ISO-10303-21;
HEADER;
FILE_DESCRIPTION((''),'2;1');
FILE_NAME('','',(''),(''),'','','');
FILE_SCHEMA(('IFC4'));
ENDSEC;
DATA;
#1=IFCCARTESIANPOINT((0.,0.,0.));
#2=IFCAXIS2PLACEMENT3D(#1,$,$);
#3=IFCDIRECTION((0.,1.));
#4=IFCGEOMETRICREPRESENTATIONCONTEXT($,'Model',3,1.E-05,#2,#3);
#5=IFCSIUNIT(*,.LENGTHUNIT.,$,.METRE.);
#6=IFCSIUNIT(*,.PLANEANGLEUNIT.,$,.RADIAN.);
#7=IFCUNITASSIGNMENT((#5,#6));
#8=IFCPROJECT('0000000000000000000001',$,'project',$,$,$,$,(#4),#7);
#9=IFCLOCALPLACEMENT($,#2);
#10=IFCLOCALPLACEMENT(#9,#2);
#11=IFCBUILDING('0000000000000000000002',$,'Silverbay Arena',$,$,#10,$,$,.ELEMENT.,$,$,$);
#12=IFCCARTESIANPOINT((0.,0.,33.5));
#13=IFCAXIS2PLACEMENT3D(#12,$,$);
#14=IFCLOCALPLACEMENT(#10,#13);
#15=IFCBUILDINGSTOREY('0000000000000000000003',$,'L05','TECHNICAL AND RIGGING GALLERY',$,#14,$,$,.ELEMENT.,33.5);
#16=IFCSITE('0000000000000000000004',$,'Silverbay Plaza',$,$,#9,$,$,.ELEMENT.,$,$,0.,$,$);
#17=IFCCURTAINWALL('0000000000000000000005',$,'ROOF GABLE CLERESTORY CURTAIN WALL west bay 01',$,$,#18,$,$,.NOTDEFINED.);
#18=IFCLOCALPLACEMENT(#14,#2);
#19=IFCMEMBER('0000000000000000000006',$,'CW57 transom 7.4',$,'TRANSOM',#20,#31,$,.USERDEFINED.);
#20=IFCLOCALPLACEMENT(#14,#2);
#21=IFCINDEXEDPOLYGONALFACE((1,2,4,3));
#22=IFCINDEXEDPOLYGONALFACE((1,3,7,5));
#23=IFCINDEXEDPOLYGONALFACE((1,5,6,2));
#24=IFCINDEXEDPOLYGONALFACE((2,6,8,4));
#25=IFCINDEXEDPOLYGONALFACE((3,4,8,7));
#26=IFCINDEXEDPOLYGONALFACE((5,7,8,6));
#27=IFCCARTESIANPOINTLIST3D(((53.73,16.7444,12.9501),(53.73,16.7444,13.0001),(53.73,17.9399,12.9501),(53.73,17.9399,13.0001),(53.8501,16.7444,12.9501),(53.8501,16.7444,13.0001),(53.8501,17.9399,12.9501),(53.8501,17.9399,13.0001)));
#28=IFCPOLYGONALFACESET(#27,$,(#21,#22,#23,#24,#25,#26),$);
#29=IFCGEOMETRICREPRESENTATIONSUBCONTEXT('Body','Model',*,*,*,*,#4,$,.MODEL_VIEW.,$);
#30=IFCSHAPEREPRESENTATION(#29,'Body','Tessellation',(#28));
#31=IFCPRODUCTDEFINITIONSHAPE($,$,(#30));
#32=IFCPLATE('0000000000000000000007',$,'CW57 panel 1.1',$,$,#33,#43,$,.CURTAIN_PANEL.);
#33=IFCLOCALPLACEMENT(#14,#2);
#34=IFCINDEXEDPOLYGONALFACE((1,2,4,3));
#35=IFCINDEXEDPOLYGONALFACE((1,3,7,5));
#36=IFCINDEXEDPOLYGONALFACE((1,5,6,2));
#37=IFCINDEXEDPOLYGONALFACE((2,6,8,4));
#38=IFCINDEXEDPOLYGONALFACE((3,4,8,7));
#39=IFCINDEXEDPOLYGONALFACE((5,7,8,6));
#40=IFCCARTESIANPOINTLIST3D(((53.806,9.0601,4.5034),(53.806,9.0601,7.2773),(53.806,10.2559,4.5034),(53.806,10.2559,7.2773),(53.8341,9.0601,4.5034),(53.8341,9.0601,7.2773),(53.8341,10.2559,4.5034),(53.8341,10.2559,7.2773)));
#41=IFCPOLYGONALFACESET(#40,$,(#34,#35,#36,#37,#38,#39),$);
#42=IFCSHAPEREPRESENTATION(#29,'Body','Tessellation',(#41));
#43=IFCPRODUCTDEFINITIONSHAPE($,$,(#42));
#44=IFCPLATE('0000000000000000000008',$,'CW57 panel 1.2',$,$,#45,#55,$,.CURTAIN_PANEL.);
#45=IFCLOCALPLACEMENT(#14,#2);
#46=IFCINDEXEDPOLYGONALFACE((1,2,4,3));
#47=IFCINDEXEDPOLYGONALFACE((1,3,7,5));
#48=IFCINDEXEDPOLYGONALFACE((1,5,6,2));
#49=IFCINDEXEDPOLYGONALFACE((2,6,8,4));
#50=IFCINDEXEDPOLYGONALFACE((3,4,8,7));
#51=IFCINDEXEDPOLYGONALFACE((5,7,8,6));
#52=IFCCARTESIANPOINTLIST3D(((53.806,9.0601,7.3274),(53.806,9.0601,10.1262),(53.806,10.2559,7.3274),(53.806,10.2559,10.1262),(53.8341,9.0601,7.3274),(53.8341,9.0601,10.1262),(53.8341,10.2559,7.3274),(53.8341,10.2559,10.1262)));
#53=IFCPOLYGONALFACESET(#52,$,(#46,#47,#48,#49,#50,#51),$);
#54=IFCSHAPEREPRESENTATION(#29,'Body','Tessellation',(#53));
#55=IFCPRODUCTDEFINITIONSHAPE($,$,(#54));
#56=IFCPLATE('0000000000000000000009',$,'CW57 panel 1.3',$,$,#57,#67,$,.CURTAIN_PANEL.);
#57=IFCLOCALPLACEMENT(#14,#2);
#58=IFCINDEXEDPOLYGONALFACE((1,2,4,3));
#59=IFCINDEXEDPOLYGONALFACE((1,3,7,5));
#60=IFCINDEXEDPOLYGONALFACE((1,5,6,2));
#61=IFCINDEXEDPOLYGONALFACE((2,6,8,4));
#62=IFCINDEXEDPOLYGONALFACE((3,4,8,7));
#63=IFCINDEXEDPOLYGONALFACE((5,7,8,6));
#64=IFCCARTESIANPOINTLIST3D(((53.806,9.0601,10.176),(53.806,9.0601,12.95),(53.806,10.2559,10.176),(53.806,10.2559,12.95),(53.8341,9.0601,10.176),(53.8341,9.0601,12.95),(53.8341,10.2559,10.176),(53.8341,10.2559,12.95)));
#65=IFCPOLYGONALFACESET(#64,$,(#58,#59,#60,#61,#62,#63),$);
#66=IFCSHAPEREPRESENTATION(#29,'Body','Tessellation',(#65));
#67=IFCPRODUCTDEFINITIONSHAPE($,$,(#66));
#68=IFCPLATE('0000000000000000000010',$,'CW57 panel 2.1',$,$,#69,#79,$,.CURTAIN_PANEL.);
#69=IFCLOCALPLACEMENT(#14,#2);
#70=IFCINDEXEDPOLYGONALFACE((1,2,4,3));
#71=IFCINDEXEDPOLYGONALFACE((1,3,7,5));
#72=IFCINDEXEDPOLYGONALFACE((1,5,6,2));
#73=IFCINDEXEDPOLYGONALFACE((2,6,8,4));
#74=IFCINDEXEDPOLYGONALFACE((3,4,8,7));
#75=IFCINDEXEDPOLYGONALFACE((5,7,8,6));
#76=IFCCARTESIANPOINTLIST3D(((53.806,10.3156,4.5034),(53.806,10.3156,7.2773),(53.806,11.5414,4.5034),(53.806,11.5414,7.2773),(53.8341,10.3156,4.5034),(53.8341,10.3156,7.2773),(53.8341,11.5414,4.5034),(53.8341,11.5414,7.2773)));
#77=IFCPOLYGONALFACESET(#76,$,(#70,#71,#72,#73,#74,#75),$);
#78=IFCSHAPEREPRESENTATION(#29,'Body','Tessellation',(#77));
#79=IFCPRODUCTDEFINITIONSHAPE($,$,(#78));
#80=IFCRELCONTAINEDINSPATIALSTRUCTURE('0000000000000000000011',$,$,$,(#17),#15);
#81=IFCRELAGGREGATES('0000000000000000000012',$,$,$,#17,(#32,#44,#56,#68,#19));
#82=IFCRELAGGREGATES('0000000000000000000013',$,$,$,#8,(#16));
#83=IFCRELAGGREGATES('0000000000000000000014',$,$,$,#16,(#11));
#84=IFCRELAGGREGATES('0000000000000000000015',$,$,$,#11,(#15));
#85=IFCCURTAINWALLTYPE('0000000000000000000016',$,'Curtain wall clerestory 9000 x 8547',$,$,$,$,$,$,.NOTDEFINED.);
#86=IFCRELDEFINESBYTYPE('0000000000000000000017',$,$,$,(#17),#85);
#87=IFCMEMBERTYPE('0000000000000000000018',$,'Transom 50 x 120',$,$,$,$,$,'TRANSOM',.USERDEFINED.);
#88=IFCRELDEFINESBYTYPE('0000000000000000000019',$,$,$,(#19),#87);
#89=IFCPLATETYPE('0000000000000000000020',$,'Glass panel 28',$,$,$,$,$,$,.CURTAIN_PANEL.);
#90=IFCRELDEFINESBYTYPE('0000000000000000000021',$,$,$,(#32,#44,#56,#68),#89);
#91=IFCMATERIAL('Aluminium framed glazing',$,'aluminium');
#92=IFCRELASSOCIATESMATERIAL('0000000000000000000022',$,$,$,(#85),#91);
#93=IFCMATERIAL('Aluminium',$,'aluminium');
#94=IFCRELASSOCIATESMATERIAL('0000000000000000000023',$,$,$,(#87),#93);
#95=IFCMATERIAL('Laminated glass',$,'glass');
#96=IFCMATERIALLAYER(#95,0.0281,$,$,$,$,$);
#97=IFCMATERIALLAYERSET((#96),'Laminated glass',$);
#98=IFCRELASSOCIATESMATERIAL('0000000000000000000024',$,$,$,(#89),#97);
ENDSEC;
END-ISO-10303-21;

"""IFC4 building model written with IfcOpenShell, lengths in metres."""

from ifc_helpers import new_model, si_unit, direction, frame, origin, origin_2d, place, context, subcontext, project, spatial, rectangle, extrude, material, layer, layer_set, material_profile, profile_set, type_object, element, aggregate, save


model = new_model("IFC4")

# Units and contexts
model_context = context("Model", 3, precision=1e-05, world=origin(), true_north=direction((0.0, 1.0)))
body_context = subcontext(model_context, "Body", "Model", "MODEL_VIEW")
ifc_project = project(units=[si_unit("LENGTHUNIT", "METRE"), si_unit("PLANEANGLEUNIT", "RADIAN")], contexts=[model_context])

# Site, building, storey
site_placement = place(None, origin())
site = spatial("IfcSite", under=ifc_project, at=site_placement, Name="Silverbay Plaza", CompositionType="ELEMENT", RefElevation=0.0)
building_placement = place(site_placement, origin())
building = spatial("IfcBuilding", under=site, at=building_placement, Name="Silverbay Arena", CompositionType="ELEMENT")
storey_placement = place(building_placement, frame((0.0, 0.0, 33.5)))
storey = spatial("IfcBuildingStorey", under=building, at=storey_placement, Name="L05", Description="TECHNICAL AND RIGGING GALLERY", CompositionType="ELEMENT", Elevation=33.5)

# Curtain wall, member, plates
ifc_material_1 = material(Name="Aluminium framed glazing", Category="aluminium")
curtain_wall_type = type_object("IfcCurtainWallType", Name="Curtain wall clerestory 9000 x 8547", PredefinedType="NOTDEFINED", material=ifc_material_1)
curtain_wall_placement = place(storey_placement, origin())
curtain_wall = element("IfcCurtainWall", 1, at=curtain_wall_placement, inside=storey, type_object=curtain_wall_type, Name="ROOF GABLE CLERESTORY CURTAIN WALL west bay 01", PredefinedType="NOTDEFINED")
ifc_material_2 = material(Name="Aluminium", Category="aluminium")
ifc_material_profile_1 = material_profile(ifc_material_2, rectangle(XDim=0.1201, YDim=0.05, at=origin_2d()), Name="Transom 50 x 120")
ifc_profile_set_1 = profile_set([ifc_material_profile_1], Name="Aluminium")
member_type_1 = type_object("IfcMemberType", Name="Transom 50 x 120", ElementType="TRANSOM", PredefinedType="USERDEFINED", material=ifc_profile_set_1)
member_1_placement = place(storey_placement, frame((53.79, 16.7444, 12.9751), z_axis=(0.0, 1.0, 0.0), x_axis=(-1.0, 0.0, 0.0)))
member_1 = element("IfcMember", 2, at=member_1_placement, type_object=member_type_1, Name="CW57 transom 7.4", ObjectType="TRANSOM", PredefinedType="USERDEFINED", context=body_context, shape_type="SweptSolid", body=[
    extrude(rectangle(XDim=0.1201, YDim=0.05, at=origin_2d()), origin(), (0.0, 0.0, 1.0), 1.1956),
])
ifc_material_3 = material(Name="Laminated glass", Category="glass")
ifc_layer = layer(ifc_material_3, 0.0281)
ifc_layer_set = layer_set([ifc_layer], Name="Laminated glass")
plate_type = type_object("IfcPlateType", Name="Glass panel 28", PredefinedType="CURTAIN_PANEL", material=ifc_layer_set)
plate_1_placement = place(storey_placement, frame((53.8201, 9.658, 4.5034), z_axis=(0.0, 0.0, 1.0), x_axis=(0.0, 1.0, 0.0)))
plate_1 = element("IfcPlate", 3, at=plate_1_placement, type_object=plate_type, Name="CW57 panel 1.1", PredefinedType="CURTAIN_PANEL", context=body_context, shape_type="SweptSolid", body=[
    extrude(rectangle(XDim=1.1958, YDim=0.0281, at=origin_2d()), origin(), (0.0, 0.0, 1.0), 2.7739),
])
plate_2_placement = place(storey_placement, frame((53.8201, 9.658, 7.3274), z_axis=(0.0, 0.0, 1.0), x_axis=(0.0, 1.0, 0.0)))
plate_2 = element("IfcPlate", 4, at=plate_2_placement, type_object=plate_type, Name="CW57 panel 1.2", PredefinedType="CURTAIN_PANEL", context=body_context, shape_type="SweptSolid", body=[
    extrude(rectangle(XDim=1.1958, YDim=0.0281, at=origin_2d()), origin(), (0.0, 0.0, 1.0), 2.7988),
])
plate_3_placement = place(storey_placement, frame((53.8201, 9.658, 10.176), z_axis=(0.0, 0.0, 1.0), x_axis=(0.0, 1.0, 0.0)))
plate_3 = element("IfcPlate", 5, at=plate_3_placement, type_object=plate_type, Name="CW57 panel 1.3", PredefinedType="CURTAIN_PANEL", context=body_context, shape_type="SweptSolid", body=[
    extrude(rectangle(XDim=1.1958, YDim=0.0281, at=origin_2d()), origin(), (0.0, 0.0, 1.0), 2.7739),
])
plate_4_placement = place(storey_placement, frame((53.8201, 10.9285, 4.5034), z_axis=(0.0, 0.0, 1.0), x_axis=(0.0, 1.0, 0.0)))
plate_4 = element("IfcPlate", 6, at=plate_4_placement, type_object=plate_type, Name="CW57 panel 2.1", PredefinedType="CURTAIN_PANEL", context=body_context, shape_type="SweptSolid", body=[
    extrude(rectangle(XDim=1.2258, YDim=0.0281, at=origin_2d()), origin(), (0.0, 0.0, 1.0), 2.7739),
])
aggregate(curtain_wall, [plate_1, plate_2, plate_3, plate_4, member_1])

save(model, "model.ifc")
